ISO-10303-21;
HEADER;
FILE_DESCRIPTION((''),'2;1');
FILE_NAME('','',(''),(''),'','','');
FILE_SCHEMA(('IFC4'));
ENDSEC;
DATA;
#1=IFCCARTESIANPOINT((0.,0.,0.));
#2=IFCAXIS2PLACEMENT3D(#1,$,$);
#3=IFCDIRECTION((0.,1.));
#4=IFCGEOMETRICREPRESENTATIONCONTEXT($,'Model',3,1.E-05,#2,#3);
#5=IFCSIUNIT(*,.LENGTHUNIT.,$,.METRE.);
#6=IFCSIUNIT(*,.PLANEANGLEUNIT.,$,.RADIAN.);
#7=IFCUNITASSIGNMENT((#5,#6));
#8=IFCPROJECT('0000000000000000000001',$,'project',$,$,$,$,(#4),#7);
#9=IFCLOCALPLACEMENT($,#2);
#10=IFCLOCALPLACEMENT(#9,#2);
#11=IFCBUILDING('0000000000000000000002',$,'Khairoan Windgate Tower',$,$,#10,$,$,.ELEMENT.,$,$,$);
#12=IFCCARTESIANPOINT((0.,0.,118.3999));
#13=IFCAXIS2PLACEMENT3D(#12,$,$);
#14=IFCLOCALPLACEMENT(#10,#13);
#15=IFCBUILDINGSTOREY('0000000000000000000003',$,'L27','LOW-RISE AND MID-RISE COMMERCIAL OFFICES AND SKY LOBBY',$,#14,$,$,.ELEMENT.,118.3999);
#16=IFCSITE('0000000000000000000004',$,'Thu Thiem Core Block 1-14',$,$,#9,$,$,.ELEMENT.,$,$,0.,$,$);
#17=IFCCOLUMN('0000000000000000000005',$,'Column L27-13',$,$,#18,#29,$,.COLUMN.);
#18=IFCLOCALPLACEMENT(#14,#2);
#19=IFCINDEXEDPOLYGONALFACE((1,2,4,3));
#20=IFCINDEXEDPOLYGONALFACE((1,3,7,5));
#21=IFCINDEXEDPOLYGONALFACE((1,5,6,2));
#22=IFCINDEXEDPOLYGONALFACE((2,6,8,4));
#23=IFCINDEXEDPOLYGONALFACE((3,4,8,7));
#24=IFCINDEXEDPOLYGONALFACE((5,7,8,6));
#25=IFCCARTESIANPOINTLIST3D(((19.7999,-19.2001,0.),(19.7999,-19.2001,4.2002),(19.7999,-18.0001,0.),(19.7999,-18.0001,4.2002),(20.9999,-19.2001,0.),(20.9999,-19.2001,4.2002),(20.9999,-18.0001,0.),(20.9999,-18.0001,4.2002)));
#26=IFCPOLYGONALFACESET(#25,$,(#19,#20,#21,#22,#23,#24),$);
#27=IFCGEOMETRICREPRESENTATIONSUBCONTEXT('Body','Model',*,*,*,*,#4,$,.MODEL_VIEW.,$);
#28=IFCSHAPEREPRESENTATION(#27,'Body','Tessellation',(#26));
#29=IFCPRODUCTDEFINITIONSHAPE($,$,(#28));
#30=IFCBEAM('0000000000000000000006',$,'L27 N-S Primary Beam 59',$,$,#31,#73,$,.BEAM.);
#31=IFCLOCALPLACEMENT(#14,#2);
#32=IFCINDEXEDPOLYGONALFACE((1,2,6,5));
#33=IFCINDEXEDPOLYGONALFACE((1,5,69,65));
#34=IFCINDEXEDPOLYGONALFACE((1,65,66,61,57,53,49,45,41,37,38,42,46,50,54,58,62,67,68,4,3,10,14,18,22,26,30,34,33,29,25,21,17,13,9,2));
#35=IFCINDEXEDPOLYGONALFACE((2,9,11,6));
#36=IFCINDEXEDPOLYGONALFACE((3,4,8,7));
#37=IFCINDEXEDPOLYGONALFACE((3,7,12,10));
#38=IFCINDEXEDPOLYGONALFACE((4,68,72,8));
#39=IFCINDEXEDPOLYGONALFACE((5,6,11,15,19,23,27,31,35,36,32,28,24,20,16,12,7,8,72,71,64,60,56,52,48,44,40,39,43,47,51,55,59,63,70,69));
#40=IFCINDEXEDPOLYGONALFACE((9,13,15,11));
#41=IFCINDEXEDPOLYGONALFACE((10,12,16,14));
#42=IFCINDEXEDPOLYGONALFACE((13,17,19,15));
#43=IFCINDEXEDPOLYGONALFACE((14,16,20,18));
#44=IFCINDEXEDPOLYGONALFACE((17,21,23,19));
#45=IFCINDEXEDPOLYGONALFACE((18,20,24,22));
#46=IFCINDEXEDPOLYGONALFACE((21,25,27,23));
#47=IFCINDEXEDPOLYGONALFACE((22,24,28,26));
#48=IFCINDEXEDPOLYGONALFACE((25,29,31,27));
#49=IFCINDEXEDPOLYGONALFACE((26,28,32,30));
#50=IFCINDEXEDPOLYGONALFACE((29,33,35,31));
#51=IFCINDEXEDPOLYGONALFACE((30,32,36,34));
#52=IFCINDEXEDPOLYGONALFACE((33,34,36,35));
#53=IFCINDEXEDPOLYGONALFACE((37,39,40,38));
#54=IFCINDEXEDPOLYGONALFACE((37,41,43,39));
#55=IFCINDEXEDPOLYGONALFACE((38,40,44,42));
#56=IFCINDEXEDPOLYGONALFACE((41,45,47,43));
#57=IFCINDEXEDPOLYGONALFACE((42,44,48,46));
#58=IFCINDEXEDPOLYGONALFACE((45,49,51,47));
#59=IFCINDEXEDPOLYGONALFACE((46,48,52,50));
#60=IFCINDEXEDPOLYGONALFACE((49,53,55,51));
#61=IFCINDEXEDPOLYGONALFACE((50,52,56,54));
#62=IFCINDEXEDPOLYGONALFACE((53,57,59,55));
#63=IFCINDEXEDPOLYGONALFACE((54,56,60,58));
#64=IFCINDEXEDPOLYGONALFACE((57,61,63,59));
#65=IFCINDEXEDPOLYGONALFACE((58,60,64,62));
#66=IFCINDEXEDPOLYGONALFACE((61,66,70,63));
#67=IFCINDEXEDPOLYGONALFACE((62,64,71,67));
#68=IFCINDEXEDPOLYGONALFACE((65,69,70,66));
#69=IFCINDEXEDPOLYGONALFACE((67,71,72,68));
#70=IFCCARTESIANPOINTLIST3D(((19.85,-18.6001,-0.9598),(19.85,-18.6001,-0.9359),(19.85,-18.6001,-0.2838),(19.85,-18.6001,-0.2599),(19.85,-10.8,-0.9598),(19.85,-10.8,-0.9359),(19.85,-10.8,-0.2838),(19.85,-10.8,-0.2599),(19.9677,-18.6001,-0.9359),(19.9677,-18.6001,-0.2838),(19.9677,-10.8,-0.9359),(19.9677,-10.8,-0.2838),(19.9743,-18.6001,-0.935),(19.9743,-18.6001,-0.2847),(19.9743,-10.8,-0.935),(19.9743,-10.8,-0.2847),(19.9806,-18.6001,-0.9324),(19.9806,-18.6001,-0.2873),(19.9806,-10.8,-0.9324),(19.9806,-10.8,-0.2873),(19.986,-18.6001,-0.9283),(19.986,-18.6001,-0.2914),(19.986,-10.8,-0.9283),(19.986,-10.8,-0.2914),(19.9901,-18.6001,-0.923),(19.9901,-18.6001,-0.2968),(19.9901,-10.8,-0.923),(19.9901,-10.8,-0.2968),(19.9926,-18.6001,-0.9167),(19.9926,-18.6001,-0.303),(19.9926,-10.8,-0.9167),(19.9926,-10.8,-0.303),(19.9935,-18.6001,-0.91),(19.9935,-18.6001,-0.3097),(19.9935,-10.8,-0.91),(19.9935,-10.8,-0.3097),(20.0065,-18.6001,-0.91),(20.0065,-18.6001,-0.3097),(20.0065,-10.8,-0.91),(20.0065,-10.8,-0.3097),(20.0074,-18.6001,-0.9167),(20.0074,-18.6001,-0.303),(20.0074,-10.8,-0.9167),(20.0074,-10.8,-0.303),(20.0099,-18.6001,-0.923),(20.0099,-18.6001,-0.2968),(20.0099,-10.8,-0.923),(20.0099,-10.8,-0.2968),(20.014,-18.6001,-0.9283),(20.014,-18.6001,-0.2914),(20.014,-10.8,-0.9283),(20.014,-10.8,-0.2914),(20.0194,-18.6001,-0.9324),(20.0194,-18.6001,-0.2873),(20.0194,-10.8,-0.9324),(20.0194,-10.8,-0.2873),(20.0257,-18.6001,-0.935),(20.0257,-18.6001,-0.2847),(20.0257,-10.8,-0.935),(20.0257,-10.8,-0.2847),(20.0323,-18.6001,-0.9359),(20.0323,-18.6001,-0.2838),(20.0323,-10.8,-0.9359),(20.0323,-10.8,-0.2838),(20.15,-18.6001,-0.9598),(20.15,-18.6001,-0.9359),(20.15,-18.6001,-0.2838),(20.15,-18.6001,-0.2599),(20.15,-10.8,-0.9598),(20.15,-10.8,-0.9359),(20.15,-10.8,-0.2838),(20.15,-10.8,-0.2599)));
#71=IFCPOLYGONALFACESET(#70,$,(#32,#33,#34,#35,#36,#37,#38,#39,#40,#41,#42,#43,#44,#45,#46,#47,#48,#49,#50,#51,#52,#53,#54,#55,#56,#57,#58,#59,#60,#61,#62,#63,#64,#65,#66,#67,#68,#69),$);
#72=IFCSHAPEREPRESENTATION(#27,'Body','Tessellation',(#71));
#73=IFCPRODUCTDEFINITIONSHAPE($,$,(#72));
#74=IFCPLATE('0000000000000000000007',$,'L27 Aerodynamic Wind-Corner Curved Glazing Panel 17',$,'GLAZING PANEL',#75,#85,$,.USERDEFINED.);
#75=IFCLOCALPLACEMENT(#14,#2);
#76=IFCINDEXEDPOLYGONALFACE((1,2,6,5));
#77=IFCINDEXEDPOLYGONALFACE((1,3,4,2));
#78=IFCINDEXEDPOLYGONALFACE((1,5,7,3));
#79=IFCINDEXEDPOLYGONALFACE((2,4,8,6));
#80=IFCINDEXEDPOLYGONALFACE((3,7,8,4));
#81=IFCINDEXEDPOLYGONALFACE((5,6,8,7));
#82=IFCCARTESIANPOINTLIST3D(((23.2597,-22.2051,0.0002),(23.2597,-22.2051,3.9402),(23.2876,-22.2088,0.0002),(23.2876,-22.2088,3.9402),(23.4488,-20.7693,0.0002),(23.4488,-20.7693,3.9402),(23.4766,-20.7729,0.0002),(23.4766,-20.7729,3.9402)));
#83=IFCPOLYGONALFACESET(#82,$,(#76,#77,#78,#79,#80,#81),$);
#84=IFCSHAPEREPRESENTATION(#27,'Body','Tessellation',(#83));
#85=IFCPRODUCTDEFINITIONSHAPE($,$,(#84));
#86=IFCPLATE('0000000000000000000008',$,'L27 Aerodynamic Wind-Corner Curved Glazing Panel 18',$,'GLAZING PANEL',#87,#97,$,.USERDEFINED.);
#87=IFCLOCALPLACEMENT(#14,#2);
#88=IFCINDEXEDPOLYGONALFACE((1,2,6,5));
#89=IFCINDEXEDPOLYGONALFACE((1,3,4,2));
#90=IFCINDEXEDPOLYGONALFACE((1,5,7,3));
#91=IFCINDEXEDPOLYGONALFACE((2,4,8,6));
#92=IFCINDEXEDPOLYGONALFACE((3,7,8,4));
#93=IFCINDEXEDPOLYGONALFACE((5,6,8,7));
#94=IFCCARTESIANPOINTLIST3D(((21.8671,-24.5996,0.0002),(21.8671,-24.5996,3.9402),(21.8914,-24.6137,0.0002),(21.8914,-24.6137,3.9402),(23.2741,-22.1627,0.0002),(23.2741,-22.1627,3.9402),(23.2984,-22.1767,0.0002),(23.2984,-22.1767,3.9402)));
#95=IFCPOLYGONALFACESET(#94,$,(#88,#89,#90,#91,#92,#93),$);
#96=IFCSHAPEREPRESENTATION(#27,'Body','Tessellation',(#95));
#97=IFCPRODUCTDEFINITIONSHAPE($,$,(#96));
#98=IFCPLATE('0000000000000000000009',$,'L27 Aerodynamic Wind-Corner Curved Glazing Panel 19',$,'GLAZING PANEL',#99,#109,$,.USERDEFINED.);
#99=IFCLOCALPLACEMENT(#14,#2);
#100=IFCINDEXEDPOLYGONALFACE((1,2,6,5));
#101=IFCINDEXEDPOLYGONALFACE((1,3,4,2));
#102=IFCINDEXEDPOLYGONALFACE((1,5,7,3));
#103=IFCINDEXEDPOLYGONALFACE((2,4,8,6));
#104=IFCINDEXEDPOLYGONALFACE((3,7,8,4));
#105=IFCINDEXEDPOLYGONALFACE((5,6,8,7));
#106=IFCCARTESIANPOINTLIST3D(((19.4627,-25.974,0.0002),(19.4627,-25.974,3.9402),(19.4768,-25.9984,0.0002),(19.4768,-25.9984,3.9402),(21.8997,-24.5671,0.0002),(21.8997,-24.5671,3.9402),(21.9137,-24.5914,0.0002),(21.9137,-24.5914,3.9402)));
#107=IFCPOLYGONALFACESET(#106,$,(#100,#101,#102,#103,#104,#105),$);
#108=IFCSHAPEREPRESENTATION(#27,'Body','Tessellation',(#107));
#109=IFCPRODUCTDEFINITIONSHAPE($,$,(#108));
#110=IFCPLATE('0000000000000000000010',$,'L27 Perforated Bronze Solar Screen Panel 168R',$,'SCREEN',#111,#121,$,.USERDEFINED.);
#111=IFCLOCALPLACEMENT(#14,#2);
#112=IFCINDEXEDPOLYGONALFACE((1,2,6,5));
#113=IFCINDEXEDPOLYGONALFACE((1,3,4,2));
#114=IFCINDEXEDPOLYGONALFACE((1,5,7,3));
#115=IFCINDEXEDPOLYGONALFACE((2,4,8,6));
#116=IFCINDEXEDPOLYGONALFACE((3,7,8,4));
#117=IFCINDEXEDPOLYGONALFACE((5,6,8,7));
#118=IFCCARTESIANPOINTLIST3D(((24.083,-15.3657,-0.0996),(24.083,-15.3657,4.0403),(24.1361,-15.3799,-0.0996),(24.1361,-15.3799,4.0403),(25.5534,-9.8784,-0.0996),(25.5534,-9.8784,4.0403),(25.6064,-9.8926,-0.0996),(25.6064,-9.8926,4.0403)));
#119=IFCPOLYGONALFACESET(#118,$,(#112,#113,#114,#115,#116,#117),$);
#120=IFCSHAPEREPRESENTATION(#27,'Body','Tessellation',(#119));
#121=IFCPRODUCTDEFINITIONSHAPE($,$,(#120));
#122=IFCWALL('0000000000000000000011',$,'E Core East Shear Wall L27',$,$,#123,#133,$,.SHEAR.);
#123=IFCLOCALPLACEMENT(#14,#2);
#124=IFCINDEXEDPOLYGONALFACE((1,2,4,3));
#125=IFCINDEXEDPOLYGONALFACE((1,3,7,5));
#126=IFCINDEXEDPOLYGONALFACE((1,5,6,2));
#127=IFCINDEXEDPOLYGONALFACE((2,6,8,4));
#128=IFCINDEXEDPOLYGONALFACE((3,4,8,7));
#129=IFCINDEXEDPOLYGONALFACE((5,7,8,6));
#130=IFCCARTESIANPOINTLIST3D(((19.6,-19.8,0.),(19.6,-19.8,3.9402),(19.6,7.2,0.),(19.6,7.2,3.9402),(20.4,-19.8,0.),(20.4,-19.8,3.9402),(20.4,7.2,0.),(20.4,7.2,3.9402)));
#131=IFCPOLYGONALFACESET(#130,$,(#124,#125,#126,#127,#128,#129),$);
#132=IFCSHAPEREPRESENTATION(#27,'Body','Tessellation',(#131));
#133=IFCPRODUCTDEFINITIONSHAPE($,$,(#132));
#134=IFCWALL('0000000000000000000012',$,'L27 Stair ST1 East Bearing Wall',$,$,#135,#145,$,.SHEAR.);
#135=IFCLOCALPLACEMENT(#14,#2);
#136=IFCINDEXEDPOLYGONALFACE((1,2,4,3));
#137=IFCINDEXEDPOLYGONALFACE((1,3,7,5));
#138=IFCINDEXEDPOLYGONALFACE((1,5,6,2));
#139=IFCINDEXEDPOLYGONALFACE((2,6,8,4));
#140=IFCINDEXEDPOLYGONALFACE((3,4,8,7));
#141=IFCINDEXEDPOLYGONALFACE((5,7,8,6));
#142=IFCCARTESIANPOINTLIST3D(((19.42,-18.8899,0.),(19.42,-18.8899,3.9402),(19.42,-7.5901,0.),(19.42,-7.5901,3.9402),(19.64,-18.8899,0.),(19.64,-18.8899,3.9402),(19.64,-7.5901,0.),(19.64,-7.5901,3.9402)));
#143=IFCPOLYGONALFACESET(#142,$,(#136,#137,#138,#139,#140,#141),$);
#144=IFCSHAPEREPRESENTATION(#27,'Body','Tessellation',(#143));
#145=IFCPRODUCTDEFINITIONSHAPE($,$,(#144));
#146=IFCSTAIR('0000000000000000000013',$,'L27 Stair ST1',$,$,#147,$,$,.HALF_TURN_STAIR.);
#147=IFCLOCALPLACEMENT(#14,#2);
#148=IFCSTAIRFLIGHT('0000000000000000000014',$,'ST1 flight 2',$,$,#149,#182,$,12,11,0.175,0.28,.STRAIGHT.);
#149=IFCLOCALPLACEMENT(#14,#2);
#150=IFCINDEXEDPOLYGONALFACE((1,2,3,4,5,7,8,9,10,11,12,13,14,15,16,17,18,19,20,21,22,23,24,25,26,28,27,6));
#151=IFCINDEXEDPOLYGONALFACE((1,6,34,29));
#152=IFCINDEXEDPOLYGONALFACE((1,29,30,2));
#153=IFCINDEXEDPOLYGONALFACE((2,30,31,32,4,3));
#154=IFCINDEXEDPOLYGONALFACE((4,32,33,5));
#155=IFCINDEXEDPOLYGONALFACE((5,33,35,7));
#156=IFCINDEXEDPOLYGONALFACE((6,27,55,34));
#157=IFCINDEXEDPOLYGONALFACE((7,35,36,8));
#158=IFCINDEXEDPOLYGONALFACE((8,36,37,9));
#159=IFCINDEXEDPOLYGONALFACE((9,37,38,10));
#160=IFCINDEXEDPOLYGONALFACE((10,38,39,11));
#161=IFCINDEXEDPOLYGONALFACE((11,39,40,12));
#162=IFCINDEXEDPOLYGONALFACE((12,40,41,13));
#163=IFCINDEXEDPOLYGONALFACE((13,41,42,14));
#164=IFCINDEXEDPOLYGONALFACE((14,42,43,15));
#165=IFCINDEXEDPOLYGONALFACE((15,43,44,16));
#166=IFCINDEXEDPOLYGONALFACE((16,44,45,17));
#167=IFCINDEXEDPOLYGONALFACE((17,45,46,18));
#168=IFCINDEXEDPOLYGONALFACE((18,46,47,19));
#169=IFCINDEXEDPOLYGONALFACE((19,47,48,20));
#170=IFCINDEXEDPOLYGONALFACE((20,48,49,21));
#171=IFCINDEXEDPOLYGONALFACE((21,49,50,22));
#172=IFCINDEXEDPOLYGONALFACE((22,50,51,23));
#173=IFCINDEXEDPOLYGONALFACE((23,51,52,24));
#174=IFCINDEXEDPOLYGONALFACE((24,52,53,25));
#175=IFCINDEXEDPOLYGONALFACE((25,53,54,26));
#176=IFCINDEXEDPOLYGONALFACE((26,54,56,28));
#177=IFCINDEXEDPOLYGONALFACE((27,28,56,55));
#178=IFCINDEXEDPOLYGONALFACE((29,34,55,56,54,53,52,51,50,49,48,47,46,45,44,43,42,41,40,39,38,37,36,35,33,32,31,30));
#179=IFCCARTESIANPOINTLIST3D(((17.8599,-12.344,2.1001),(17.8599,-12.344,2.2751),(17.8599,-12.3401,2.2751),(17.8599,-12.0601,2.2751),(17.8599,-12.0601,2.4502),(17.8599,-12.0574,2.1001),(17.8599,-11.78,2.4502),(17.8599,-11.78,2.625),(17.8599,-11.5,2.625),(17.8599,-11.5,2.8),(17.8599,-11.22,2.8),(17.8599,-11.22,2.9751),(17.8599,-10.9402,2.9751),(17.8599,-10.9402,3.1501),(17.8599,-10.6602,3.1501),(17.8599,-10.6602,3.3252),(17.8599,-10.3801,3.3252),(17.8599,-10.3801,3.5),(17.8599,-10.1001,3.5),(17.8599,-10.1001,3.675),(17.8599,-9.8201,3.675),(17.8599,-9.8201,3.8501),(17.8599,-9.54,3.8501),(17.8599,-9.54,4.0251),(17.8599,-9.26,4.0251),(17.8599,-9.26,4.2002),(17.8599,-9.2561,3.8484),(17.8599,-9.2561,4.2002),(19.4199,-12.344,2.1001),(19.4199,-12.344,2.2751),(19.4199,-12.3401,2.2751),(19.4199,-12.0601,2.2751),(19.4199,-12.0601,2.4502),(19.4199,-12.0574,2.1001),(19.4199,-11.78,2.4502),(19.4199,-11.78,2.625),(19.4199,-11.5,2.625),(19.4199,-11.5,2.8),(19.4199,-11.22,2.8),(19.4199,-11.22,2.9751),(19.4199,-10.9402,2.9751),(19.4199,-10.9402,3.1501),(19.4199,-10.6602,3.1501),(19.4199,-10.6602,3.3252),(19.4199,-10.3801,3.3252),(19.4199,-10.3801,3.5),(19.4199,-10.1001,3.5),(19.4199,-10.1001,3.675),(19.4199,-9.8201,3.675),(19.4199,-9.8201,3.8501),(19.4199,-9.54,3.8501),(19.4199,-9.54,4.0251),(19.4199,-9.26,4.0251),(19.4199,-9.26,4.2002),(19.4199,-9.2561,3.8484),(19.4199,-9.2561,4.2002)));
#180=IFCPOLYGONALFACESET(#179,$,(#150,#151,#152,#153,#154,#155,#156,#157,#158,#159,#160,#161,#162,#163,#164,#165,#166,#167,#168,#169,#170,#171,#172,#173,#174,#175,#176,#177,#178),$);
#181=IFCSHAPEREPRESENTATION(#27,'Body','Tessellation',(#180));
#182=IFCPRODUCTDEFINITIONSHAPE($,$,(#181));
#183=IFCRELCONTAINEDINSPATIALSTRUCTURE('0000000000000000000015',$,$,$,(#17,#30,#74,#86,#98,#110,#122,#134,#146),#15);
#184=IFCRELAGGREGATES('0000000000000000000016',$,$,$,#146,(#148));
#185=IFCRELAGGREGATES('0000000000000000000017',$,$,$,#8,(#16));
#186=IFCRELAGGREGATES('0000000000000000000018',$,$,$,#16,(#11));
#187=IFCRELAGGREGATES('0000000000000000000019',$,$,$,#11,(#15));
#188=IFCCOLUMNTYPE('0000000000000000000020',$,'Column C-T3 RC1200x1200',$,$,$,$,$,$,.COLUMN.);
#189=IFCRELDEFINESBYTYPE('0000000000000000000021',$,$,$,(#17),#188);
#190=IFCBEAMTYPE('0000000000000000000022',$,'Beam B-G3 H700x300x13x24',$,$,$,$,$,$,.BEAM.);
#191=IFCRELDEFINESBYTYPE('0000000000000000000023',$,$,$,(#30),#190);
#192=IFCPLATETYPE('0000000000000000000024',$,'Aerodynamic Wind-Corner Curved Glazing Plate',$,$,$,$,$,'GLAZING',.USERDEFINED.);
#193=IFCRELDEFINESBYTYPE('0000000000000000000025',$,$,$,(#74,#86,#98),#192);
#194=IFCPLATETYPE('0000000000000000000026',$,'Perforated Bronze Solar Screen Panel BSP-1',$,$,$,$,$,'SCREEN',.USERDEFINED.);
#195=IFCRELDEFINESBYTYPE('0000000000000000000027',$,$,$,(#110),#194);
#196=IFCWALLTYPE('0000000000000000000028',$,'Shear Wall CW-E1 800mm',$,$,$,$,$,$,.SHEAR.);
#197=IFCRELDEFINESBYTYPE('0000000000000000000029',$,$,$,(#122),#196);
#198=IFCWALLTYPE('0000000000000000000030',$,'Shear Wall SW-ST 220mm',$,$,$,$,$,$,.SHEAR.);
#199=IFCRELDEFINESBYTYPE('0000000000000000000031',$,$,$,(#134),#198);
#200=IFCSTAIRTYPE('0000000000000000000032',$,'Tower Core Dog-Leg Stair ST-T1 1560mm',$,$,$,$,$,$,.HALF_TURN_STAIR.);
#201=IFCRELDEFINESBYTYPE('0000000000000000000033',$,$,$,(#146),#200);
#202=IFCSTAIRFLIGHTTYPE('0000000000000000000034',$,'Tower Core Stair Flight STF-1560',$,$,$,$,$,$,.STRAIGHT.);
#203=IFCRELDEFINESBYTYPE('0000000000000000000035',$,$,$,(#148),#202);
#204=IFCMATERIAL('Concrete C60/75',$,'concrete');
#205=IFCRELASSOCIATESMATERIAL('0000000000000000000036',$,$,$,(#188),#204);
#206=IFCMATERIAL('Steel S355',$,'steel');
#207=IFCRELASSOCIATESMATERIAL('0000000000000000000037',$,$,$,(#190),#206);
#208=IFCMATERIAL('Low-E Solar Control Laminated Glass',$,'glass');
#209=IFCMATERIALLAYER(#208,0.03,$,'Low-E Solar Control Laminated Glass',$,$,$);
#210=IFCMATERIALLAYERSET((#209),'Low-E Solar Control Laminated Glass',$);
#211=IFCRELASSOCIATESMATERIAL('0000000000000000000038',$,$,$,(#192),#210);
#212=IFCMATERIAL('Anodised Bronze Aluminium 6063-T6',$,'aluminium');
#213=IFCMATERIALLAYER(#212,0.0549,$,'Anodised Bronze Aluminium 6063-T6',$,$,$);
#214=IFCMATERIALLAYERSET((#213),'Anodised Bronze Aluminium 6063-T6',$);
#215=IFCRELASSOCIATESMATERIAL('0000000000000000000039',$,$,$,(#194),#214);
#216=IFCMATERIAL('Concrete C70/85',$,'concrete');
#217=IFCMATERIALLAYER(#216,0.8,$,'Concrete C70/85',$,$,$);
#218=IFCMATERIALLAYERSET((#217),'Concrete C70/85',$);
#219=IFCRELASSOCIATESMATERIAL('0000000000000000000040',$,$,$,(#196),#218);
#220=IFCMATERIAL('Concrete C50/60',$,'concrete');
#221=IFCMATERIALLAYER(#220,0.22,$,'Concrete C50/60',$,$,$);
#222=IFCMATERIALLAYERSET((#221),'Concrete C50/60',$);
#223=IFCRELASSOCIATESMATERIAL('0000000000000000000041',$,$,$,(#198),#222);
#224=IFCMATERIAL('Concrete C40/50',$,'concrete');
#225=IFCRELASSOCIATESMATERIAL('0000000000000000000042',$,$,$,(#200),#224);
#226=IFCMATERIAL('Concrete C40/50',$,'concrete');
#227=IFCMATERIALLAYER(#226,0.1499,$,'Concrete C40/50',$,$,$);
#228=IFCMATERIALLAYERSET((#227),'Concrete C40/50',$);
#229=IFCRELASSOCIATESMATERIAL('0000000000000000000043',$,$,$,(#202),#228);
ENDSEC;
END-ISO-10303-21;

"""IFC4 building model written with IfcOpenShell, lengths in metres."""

from ifc_helpers import new_model, si_unit, direction, frame, frame_2d, origin, origin_2d, place, context, subcontext, project, spatial, polyline, rectangle, i_section, outline, extrude, material, layer, layer_set, material_profile, profile_set, type_object, element, aggregate, save


model = new_model("IFC4")

# Units and contexts
model_context = context("Model", 3, precision=1e-05, world=origin(), true_north=direction((0.0, 1.0)))
body_context = subcontext(model_context, "Body", "Model", "MODEL_VIEW")
ifc_project = project(units=[si_unit("LENGTHUNIT", "METRE"), si_unit("PLANEANGLEUNIT", "RADIAN")], contexts=[model_context])

# Site, building, storey
site_placement = place(None, origin())
site = spatial("IfcSite", under=ifc_project, at=site_placement, Name="Thu Thiem Core Block 1-14", CompositionType="ELEMENT", RefElevation=0.0)
building_placement = place(site_placement, origin())
building = spatial("IfcBuilding", under=site, at=building_placement, Name="Khairoan Windgate Tower", CompositionType="ELEMENT")
storey_placement = place(building_placement, frame((0.0, 0.0, 118.3999)))
storey = spatial("IfcBuildingStorey", under=building, at=storey_placement, Name="L27", Description="LOW-RISE AND MID-RISE COMMERCIAL OFFICES AND SKY LOBBY", CompositionType="ELEMENT", Elevation=118.3999)

# Column
ifc_material_1 = material(Name="Concrete C60/75", Category="concrete")
ifc_material_profile_1 = material_profile(ifc_material_1, rectangle(XDim=1.2, YDim=1.2, at=origin_2d()))
ifc_profile_set_1 = profile_set([ifc_material_profile_1], Name="Concrete C60/75")
column_type = type_object("IfcColumnType", Name="Column C-T3 RC1200x1200", PredefinedType="COLUMN", material=ifc_profile_set_1)
column_placement = place(storey_placement, frame((20.3999, -18.6001, 0.0), z_axis=(0.0, 0.0, 1.0), x_axis=(1.0, 0.0, 0.0)))
element("IfcColumn", 1, at=column_placement, inside=storey, type_object=column_type, Name="Column L27-13", PredefinedType="COLUMN", context=body_context, shape_type="SweptSolid", body=[
    extrude(rectangle(XDim=1.2, YDim=1.2, at=origin_2d()), origin(), (0.0, 0.0, 1.0), 4.2002),
])

# Beam
ifc_material_2 = material(Name="Steel S355", Category="steel")
ifc_material_profile_2 = material_profile(ifc_material_2, i_section(OverallWidth=0.3, OverallDepth=0.7, WebThickness=0.0129, FlangeThickness=0.0239, FilletRadius=0.0259, at=origin_2d()))
ifc_profile_set_2 = profile_set([ifc_material_profile_2], Name="Steel S355")
beam_type = type_object("IfcBeamType", Name="Beam B-G3 H700x300x13x24", PredefinedType="BEAM", material=ifc_profile_set_2)
beam_placement = place(storey_placement, frame((20.0, -18.6001, -0.6099), z_axis=(0.0, 1.0, 0.0), x_axis=(-1.0, 0.0, 0.0)))
element("IfcBeam", 2, at=beam_placement, inside=storey, type_object=beam_type, Name="L27 N-S Primary Beam 59", PredefinedType="BEAM", context=body_context, shape_type="SweptSolid", body=[
    extrude(i_section(OverallWidth=0.3, OverallDepth=0.7, WebThickness=0.0129, FlangeThickness=0.0239, FilletRadius=0.0259, at=origin_2d()), origin(), (0.0, 0.0, 1.0), 7.8),
])

# Plates
ifc_material_3 = material(Name="Low-E Solar Control Laminated Glass", Category="glass")
ifc_layer_1 = layer(ifc_material_3, 0.03, Name="Low-E Solar Control Laminated Glass")
ifc_layer_set_1 = layer_set([ifc_layer_1], Name="Low-E Solar Control Laminated Glass")
plate_type_1 = type_object("IfcPlateType", Name="Aerodynamic Wind-Corner Curved Glazing Plate", ElementType="GLAZING", PredefinedType="USERDEFINED", material=ifc_layer_set_1)
plate_1_placement = place(storey_placement, frame((23.3682, -21.489, 0.0002), z_axis=(0.0, 0.0, 1.0), x_axis=(-0.130526, -0.991445, 0.0)))
element("IfcPlate", 3, at=plate_1_placement, inside=storey, type_object=plate_type_1, Name="L27 Aerodynamic Wind-Corner Curved Glazing Panel 17", ObjectType="GLAZING PANEL", PredefinedType="USERDEFINED", context=body_context, shape_type="SweptSolid", body=[
    extrude(rectangle(XDim=1.4482, YDim=0.0281, at=origin_2d()), origin(), (0.0, 0.0, 1.0), 3.9399),
])
for number, where, z_axis, x_axis, name in (
    (4, (22.5828, -23.3882, 0.0002), (0.0, 0.0, 1.0), (-0.5, -0.866025, 0.0), "L27 Aerodynamic Wind-Corner Curved Glazing Panel 18"),
    (5, (20.6882, -25.2827, 0.0002), (0.0, 0.0, 1.0), (-0.866025, -0.5, 0.0), "L27 Aerodynamic Wind-Corner Curved Glazing Panel 19"),
):
    element("IfcPlate", number, at=place(storey_placement, frame(where, z_axis=z_axis, x_axis=x_axis)), inside=storey, type_object=plate_type_1, Name=name, ObjectType="GLAZING PANEL", PredefinedType="USERDEFINED", context=body_context, shape_type="SweptSolid", body=[
        extrude(rectangle(XDim=2.814, YDim=0.0281, at=origin_2d()), origin(), (0.0, 0.0, 1.0), 3.9399),
    ])

# Plate
ifc_material_4 = material(Name="Anodised Bronze Aluminium 6063-T6", Category="aluminium")
ifc_layer_2 = layer(ifc_material_4, 0.0549, Name="Anodised Bronze Aluminium 6063-T6")
ifc_layer_set_2 = layer_set([ifc_layer_2], Name="Anodised Bronze Aluminium 6063-T6")
plate_type_2 = type_object("IfcPlateType", Name="Perforated Bronze Solar Screen Panel BSP-1", ElementType="SCREEN", PredefinedType="USERDEFINED", material=ifc_layer_set_2)
plate_2_placement = place(storey_placement, frame((24.8447, -12.6292, -0.0996), z_axis=(0.0, 0.0, 1.0), x_axis=(-0.258819, -0.965926, 0.0)))
element("IfcPlate", 6, at=plate_2_placement, inside=storey, type_object=plate_type_2, Name="L27 Perforated Bronze Solar Screen Panel 168R", ObjectType="SCREEN", PredefinedType="USERDEFINED", context=body_context, shape_type="SweptSolid", body=[
    extrude(rectangle(XDim=5.6809, YDim=0.0549, at=origin_2d()), origin(), (0.0, 0.0, 1.0), 4.1399),
])

# Walls
ifc_material_5 = material(Name="Concrete C70/85", Category="concrete")
ifc_layer_3 = layer(ifc_material_5, 0.8, Name="Concrete C70/85")
ifc_layer_set_3 = layer_set([ifc_layer_3], Name="Concrete C70/85")
wall_type_1 = type_object("IfcWallType", Name="Shear Wall CW-E1 800mm", PredefinedType="SHEAR", material=ifc_layer_set_3)
wall_1_placement = place(storey_placement, frame((20.0, -19.8, 0.0), z_axis=(0.0, 0.0, 1.0), x_axis=(0.0, 1.0, 0.0)))
element("IfcWall", 7, at=wall_1_placement, inside=storey, type_object=wall_type_1, Name="E Core East Shear Wall L27", PredefinedType="SHEAR", context=body_context, shape_type="SweptSolid", body=[
    extrude(rectangle(XDim=27.0, YDim=0.8, at=frame_2d((13.5, 0.0))), origin(), (0.0, 0.0, 1.0), 3.9402),
])
ifc_material_6 = material(Name="Concrete C50/60", Category="concrete")
ifc_layer_4 = layer(ifc_material_6, 0.22, Name="Concrete C50/60")
ifc_layer_set_4 = layer_set([ifc_layer_4], Name="Concrete C50/60")
wall_type_2 = type_object("IfcWallType", Name="Shear Wall SW-ST 220mm", PredefinedType="SHEAR", material=ifc_layer_set_4)
wall_2_placement = place(storey_placement, frame((19.53, -18.8899, 0.0), z_axis=(0.0, 0.0, 1.0), x_axis=(0.0, 1.0, 0.0)))
element("IfcWall", 8, at=wall_2_placement, inside=storey, type_object=wall_type_2, Name="L27 Stair ST1 East Bearing Wall", PredefinedType="SHEAR", context=body_context, shape_type="SweptSolid", body=[
    extrude(rectangle(XDim=11.2998, YDim=0.22, at=frame_2d((5.6499, 0.0))), origin(), (0.0, 0.0, 1.0), 3.9402),
])

# Stair, stair flight
ifc_material_7 = material(Name="Concrete C40/50", Category="concrete")
stair_type = type_object("IfcStairType", Name="Tower Core Dog-Leg Stair ST-T1 1560mm", PredefinedType="HALF_TURN_STAIR", material=ifc_material_7)
stair_placement = place(storey_placement, origin())
stair = element("IfcStair", 9, at=stair_placement, inside=storey, type_object=stair_type, Name="L27 Stair ST1", PredefinedType="HALF_TURN_STAIR")
ifc_material_8 = material(Name="Concrete C40/50", Category="concrete")
ifc_layer_5 = layer(ifc_material_8, 0.1499, Name="Concrete C40/50")
ifc_layer_set_5 = layer_set([ifc_layer_5], Name="Concrete C40/50")
stair_flight_type = type_object("IfcStairFlightType", Name="Tower Core Stair Flight STF-1560", PredefinedType="STRAIGHT", material=ifc_layer_set_5)
stair_flight_placement = place(storey_placement, frame((18.6399, -12.3401, 2.1001), z_axis=(0.0, 0.0, 1.0), x_axis=(0.0, 1.0, 0.0)))
stair_flight = element("IfcStairFlight", 10, at=stair_flight_placement, type_object=stair_flight_type, Name="ST1 flight 2", NumberOfRisers=12, NumberOfTreads=11, PredefinedType="STRAIGHT", RiserHeight=0.175, TreadLength=0.28, context=body_context, shape_type="SweptSolid", body=[
    extrude(outline(polyline([(-0.0039, 0.0), (-0.0039, 0.175), (0.0, 0.175), (0.28, 0.175), (0.28, 0.3501), (0.5601, 0.3501), (0.5601, 0.5249), (0.8401, 0.5249), (0.8401, 0.7), (1.1201, 0.7), (1.1201, 0.875), (1.3999, 0.875), (1.3999, 1.05), (1.6799, 1.05), (1.6799, 1.2251), (1.96, 1.2251), (1.96, 1.3999), (2.24, 1.3999), (2.24, 1.575), (2.52, 1.575), (2.52, 1.75), (2.8, 1.75), (2.8, 1.925), (3.0801, 1.925), (3.0801, 2.1001), (3.084, 2.1001), (3.084, 1.7483), (0.2827, 0.0), (-0.0039, 0.0)])), frame((0.0, 0.78, 0.0), z_axis=(0.0, -1.0, 0.0), x_axis=(1.0, 0.0, 0.0)), (0.0, 0.0, 1.0), 1.5601),
])
aggregate(stair, [stair_flight])

save(model, "model.ifc")
